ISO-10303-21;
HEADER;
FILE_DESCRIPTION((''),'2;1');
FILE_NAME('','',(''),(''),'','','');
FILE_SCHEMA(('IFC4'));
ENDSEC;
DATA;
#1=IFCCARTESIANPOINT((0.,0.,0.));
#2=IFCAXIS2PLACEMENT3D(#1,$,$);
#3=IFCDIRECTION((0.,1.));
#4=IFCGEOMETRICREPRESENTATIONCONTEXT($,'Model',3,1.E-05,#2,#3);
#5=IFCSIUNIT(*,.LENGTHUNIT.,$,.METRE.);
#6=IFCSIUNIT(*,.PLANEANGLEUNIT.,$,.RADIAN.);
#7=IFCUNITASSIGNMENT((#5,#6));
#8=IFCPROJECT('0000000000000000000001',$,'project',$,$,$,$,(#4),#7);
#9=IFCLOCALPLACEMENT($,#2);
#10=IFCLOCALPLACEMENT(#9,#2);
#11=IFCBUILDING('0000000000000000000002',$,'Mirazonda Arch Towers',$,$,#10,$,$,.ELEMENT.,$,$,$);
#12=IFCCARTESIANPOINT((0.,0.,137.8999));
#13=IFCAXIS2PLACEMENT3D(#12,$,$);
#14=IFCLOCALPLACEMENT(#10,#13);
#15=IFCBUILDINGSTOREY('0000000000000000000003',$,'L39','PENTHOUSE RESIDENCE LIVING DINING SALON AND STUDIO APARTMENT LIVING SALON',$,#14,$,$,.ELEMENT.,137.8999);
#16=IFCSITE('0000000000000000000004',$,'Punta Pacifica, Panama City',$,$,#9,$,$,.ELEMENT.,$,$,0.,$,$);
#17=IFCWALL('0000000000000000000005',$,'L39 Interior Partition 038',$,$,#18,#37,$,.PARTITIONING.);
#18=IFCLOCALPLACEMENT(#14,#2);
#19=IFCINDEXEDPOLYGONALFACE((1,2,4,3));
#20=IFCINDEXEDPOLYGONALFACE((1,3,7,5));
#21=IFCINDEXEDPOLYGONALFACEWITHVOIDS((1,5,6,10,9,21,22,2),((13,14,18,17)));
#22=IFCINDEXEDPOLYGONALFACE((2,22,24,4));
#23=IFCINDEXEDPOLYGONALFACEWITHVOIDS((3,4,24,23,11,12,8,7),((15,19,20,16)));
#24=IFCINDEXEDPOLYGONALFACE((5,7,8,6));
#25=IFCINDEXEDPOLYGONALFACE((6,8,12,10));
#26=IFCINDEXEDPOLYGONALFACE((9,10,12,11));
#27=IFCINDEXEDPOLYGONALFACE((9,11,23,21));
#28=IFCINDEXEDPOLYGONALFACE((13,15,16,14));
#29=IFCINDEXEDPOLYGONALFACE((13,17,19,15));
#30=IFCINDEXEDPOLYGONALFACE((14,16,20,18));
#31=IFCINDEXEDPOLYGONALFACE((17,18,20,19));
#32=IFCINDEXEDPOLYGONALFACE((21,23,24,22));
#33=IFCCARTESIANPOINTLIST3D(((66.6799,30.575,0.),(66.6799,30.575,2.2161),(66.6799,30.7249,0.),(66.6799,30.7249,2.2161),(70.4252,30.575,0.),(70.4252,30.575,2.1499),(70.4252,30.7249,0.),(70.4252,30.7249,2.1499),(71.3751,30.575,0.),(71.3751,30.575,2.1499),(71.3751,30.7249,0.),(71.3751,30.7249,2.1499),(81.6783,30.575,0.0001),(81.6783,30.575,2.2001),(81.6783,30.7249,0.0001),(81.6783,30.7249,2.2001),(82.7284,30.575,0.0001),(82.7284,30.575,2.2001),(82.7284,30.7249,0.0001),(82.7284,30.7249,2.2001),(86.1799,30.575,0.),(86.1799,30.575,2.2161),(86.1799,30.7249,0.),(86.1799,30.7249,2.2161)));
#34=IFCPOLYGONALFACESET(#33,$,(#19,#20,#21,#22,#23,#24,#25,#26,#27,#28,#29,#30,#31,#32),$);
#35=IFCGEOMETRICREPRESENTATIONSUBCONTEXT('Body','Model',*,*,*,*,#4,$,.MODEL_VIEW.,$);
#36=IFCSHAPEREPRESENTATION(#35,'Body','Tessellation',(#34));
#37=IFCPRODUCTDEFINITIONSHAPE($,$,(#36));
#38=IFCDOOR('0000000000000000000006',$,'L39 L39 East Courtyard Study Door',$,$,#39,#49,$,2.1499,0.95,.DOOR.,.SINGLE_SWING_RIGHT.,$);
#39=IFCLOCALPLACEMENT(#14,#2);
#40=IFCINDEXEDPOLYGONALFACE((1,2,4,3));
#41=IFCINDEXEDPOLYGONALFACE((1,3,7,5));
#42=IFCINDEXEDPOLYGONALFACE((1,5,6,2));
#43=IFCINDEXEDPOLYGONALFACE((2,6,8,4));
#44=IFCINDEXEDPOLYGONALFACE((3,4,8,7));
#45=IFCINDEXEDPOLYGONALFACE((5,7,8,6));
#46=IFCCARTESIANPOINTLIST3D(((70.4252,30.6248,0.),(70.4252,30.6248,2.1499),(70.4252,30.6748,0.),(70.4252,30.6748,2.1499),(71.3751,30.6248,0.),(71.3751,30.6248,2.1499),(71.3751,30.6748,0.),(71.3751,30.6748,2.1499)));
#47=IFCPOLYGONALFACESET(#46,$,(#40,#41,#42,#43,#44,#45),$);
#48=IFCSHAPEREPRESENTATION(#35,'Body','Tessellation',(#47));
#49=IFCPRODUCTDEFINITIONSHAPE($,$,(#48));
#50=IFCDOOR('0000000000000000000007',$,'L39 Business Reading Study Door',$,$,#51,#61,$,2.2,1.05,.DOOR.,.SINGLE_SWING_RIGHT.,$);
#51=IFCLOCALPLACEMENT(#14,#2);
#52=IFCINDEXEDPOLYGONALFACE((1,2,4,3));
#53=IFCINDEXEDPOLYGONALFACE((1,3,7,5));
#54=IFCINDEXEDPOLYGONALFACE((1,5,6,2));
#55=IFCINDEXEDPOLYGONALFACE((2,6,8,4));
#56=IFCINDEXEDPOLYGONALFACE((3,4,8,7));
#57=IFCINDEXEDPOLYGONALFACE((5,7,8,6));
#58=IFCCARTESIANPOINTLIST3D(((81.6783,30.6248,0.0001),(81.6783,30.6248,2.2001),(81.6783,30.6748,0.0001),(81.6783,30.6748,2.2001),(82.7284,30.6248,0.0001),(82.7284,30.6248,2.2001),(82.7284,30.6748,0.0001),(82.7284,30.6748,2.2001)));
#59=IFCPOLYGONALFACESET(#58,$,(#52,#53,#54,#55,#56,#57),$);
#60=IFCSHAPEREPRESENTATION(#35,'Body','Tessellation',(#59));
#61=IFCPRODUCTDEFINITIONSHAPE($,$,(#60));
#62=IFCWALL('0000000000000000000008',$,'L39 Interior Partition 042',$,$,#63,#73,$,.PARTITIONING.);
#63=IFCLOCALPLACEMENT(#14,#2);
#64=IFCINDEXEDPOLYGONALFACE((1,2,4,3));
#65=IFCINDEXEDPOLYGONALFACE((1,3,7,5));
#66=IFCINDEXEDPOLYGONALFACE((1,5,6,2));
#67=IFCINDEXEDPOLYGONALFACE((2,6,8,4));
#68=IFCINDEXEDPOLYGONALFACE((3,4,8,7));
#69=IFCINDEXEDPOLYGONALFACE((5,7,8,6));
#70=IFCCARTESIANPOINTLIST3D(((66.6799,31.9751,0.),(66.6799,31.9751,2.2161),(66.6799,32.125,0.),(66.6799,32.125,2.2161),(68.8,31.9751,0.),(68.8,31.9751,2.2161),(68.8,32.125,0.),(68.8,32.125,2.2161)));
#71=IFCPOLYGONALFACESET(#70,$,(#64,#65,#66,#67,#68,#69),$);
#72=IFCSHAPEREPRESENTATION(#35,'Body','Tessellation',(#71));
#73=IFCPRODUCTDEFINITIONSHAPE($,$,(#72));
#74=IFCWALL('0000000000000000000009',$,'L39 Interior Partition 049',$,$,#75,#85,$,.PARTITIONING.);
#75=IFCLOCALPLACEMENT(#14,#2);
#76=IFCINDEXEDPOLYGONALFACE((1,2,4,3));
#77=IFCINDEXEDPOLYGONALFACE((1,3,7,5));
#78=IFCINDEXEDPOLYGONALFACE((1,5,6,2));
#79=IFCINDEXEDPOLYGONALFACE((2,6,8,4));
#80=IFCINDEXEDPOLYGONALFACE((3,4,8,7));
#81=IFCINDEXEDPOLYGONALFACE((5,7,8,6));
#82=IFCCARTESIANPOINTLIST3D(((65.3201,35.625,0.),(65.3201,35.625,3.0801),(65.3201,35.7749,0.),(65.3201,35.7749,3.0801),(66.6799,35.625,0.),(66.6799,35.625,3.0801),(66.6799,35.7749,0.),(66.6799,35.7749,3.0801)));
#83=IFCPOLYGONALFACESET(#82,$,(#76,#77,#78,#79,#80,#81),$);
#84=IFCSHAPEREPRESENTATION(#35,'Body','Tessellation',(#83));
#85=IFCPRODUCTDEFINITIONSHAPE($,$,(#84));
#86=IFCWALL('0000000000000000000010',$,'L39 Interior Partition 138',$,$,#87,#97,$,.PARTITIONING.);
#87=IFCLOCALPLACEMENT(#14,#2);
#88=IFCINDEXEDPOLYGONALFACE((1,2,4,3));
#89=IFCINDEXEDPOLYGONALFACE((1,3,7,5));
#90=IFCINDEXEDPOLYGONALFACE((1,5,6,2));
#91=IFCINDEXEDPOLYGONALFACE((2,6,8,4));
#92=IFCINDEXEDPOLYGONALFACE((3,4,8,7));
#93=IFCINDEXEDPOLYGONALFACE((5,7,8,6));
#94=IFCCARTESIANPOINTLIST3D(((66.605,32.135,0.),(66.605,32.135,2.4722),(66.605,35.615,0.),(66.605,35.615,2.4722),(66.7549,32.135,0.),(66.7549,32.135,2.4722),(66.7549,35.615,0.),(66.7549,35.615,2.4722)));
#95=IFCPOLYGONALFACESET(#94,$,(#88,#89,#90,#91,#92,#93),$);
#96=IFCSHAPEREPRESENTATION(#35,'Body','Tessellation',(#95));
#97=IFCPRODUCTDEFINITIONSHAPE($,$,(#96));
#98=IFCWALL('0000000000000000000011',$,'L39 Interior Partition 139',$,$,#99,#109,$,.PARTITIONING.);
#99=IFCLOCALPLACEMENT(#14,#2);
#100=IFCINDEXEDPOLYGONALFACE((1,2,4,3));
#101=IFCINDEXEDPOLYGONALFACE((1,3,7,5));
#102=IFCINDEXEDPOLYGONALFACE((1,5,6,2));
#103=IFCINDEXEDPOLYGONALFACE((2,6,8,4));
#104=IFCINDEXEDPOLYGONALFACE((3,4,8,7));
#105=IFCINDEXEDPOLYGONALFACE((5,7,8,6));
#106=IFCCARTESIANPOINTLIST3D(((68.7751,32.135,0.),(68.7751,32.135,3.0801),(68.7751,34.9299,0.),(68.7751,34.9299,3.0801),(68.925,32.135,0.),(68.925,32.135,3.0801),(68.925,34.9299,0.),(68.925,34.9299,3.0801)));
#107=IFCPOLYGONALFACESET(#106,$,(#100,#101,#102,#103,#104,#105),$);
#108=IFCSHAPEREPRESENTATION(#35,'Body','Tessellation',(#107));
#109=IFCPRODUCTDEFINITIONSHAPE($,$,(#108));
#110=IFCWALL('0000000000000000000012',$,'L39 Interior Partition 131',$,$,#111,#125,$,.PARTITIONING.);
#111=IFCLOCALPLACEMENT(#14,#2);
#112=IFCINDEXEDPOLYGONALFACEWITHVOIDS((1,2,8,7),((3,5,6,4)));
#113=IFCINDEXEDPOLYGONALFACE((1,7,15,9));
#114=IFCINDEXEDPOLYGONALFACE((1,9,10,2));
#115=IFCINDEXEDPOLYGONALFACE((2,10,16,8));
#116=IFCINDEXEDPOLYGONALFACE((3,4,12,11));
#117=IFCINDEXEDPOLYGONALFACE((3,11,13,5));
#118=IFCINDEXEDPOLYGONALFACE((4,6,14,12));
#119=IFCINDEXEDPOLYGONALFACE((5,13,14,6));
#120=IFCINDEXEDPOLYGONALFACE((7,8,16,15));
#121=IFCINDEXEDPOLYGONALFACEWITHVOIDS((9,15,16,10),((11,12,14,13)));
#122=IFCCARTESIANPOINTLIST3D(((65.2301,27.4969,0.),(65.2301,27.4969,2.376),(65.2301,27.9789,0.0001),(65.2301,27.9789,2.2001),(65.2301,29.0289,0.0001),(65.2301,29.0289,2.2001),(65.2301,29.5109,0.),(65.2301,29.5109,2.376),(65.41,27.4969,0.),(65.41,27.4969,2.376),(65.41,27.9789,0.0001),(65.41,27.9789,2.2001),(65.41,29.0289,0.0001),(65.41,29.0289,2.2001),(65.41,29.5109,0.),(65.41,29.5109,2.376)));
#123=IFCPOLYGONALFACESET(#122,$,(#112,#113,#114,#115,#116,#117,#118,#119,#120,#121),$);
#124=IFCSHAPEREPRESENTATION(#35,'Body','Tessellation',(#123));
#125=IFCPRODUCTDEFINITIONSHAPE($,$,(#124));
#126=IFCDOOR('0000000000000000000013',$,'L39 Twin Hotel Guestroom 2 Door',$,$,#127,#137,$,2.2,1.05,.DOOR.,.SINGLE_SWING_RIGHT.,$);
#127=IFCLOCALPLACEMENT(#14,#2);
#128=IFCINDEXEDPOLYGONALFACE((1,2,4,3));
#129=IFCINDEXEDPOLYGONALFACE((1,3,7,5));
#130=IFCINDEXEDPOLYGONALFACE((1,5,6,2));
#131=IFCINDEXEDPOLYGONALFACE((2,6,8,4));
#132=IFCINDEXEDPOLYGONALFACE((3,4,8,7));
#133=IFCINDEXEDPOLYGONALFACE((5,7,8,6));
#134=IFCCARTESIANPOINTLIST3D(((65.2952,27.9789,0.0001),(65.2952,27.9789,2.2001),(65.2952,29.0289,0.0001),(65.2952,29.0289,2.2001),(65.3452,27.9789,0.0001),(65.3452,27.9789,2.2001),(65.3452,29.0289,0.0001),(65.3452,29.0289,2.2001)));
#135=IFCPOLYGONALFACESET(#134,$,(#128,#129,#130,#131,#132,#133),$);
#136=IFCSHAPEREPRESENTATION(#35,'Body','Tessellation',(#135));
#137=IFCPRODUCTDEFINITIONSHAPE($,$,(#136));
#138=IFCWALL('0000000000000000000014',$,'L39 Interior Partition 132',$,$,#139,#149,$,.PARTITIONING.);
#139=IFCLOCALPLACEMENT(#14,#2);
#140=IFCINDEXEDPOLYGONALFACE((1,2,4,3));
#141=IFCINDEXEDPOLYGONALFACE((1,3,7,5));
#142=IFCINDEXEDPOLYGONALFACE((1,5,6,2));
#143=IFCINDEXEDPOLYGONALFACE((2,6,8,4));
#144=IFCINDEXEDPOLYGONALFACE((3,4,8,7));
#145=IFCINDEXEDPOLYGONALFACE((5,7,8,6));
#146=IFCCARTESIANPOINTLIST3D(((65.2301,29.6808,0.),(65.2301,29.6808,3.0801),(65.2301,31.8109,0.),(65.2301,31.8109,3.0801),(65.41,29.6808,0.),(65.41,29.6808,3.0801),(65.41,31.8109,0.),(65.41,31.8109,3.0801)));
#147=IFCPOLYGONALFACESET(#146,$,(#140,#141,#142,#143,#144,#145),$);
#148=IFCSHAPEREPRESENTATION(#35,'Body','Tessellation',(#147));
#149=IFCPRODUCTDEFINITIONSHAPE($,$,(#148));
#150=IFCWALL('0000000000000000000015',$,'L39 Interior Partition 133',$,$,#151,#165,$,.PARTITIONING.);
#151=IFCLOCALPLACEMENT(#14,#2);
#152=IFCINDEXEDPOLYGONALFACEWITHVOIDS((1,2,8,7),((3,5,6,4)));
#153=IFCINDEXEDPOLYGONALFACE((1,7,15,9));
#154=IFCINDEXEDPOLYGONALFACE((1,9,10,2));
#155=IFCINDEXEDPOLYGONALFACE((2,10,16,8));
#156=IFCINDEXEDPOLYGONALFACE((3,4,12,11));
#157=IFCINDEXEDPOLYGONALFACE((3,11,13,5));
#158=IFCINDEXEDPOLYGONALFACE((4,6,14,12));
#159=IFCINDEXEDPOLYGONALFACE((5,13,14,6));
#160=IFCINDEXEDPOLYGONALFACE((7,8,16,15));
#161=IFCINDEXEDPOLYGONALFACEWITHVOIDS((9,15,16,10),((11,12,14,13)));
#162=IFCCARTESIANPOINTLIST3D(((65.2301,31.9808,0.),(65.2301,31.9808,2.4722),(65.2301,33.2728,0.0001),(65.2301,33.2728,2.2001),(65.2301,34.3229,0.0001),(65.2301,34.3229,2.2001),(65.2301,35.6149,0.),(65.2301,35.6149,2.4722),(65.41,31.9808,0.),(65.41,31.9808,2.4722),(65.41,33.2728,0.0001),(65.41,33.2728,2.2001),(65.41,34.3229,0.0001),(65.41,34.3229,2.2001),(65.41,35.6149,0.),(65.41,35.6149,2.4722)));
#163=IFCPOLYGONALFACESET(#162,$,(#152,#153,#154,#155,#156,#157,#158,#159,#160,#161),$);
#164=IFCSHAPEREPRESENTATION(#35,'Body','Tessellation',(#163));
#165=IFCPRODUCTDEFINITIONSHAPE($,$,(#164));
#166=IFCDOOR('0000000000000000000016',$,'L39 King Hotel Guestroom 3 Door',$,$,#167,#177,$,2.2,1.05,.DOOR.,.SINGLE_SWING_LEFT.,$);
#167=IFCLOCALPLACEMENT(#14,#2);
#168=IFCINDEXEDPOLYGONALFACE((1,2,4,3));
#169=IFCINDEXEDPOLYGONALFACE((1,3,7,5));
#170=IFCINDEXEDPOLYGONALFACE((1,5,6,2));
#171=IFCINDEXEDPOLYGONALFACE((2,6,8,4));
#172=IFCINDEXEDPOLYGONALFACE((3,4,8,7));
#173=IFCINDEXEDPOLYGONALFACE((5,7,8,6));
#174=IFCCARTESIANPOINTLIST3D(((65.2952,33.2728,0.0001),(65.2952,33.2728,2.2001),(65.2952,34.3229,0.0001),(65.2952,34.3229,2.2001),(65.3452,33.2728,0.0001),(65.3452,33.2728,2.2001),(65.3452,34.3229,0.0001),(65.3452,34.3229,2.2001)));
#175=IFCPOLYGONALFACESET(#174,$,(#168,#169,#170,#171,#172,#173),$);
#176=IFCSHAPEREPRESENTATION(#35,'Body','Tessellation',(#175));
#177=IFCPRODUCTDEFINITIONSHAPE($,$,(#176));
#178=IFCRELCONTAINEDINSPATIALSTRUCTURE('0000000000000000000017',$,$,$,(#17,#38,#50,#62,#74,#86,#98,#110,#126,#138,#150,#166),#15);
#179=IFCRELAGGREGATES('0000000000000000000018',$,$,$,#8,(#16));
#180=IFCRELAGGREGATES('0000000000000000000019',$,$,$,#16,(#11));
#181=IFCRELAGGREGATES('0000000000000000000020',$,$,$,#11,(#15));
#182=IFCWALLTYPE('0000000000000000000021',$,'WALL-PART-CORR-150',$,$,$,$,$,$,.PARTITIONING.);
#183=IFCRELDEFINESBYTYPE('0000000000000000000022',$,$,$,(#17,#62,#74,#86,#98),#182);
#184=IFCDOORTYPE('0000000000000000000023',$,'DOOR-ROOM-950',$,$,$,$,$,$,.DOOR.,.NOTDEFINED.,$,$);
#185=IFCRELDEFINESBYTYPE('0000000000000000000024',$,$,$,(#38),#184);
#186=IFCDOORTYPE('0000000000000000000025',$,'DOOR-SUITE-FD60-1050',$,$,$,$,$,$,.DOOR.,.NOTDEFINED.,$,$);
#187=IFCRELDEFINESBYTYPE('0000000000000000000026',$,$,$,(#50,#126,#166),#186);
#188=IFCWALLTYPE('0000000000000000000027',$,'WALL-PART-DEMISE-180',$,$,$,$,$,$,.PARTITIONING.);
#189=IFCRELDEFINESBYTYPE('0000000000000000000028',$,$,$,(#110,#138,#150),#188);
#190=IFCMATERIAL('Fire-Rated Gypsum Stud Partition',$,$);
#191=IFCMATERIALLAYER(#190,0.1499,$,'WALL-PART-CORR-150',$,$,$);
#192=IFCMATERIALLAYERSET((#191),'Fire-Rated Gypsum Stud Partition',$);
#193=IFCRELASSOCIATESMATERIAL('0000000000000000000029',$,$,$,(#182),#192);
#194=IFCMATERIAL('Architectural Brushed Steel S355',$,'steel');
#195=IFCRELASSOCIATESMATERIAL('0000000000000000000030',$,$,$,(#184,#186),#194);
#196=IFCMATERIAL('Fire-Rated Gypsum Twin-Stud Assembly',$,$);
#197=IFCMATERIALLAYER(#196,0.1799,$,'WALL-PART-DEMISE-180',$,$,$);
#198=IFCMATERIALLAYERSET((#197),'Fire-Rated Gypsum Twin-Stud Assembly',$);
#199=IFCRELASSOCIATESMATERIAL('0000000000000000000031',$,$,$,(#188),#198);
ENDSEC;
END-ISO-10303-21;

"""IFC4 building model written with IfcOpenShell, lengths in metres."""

from ifc_helpers import new_model, si_unit, direction, frame, frame_2d, origin, place, context, subcontext, project, spatial, rectangle, extrude, material, layer, layer_set, type_object, element, fill, save


model = new_model("IFC4")

# Units and contexts
model_context = context("Model", 3, precision=1e-05, world=origin(), true_north=direction((0.0, 1.0)))
body_context = subcontext(model_context, "Body", "Model", "MODEL_VIEW")
ifc_project = project(units=[si_unit("LENGTHUNIT", "METRE"), si_unit("PLANEANGLEUNIT", "RADIAN")], contexts=[model_context])

# Site, building, storey
site_placement = place(None, origin())
site = spatial("IfcSite", under=ifc_project, at=site_placement, Name="Punta Pacifica, Panama City", CompositionType="ELEMENT", RefElevation=0.0)
building_placement = place(site_placement, origin())
building = spatial("IfcBuilding", under=site, at=building_placement, Name="Mirazonda Arch Towers", CompositionType="ELEMENT")
storey_placement = place(building_placement, frame((0.0, 0.0, 137.8999)))
storey = spatial("IfcBuildingStorey", under=building, at=storey_placement, Name="L39", Description="PENTHOUSE RESIDENCE LIVING DINING SALON AND STUDIO APARTMENT LIVING SALON", CompositionType="ELEMENT", Elevation=137.8999)

# Wall, openings, doors
ifc_material_1 = material(Name="Architectural Brushed Steel S355", Category="steel")
ifc_material_2 = material(Name="Fire-Rated Gypsum Stud Partition")
ifc_layer_1 = layer(ifc_material_2, 0.1499, Name="WALL-PART-CORR-150")
ifc_layer_set_1 = layer_set([ifc_layer_1], Name="Fire-Rated Gypsum Stud Partition")
wall_type_1 = type_object("IfcWallType", Name="WALL-PART-CORR-150", PredefinedType="PARTITIONING", material=ifc_layer_set_1)
wall_1_placement = place(storey_placement, frame((66.6799, 30.6499, 0.0), z_axis=(0.0, 0.0, 1.0), x_axis=(1.0, 0.0, 0.0)))
wall_1 = element("IfcWall", 1, at=wall_1_placement, inside=storey, type_object=wall_type_1, Name="L39 Interior Partition 038", PredefinedType="PARTITIONING", context=body_context, shape_type="SweptSolid", body=[
    extrude(rectangle(XDim=19.5, YDim=0.1499, at=frame_2d((9.75, 0.0))), origin(), (0.0, 0.0, 1.0), 2.2161),
])
opening_1_placement = place(wall_1_placement, frame((3.7451, 0.0, 0.0)))
opening_1 = element("IfcOpeningElement", 2, at=opening_1_placement, cuts=wall_1, PredefinedType="OPENING", context=body_context, shape_type="SweptSolid", body=[
    extrude(rectangle(XDim=0.95, YDim=2.1499, at=frame_2d((0.4751, 1.075))), frame((0.0, 0.085, 0.0), z_axis=(0.0, -1.0, 0.0), x_axis=(1.0, 0.0, 0.0)), (0.0, 0.0, 1.0), 0.1699),
])
opening_2_placement = place(wall_1_placement, frame((14.9985, 0.0, 0.0)))
opening_2 = element("IfcOpeningElement", 3, at=opening_2_placement, cuts=wall_1, PredefinedType="OPENING", context=body_context, shape_type="SweptSolid", body=[
    extrude(rectangle(XDim=1.05, YDim=2.2, at=frame_2d((0.5249, 1.1001))), frame((0.0, 0.085, 0.0), z_axis=(0.0, -1.0, 0.0), x_axis=(1.0, 0.0, 0.0)), (0.0, 0.0, 1.0), 0.1699),
])
door_type_1 = type_object("IfcDoorType", Name="DOOR-ROOM-950", OperationType="NOTDEFINED", PredefinedType="DOOR", material=ifc_material_1)
door_1_placement = place(opening_1_placement, origin())
door_1 = element("IfcDoor", 4, at=door_1_placement, inside=storey, type_object=door_type_1, Name="L39 L39 East Courtyard Study Door", OperationType="SINGLE_SWING_RIGHT", OverallHeight=2.1499, OverallWidth=0.95, PredefinedType="DOOR", context=body_context, shape_type="SweptSolid", body=[
    extrude(rectangle(XDim=0.95, YDim=2.1499, at=frame_2d((0.4751, 1.075))), frame((0.0, 0.0249, 0.0), z_axis=(0.0, -1.0, 0.0), x_axis=(1.0, 0.0, 0.0)), (0.0, 0.0, 1.0), 0.05),
])
fill(opening_1, door_1)
door_type_2 = type_object("IfcDoorType", Name="DOOR-SUITE-FD60-1050", OperationType="NOTDEFINED", PredefinedType="DOOR", material=ifc_material_1)
door_2_placement = place(opening_2_placement, origin())
door_2 = element("IfcDoor", 5, at=door_2_placement, inside=storey, type_object=door_type_2, Name="L39 Business Reading Study Door", OperationType="SINGLE_SWING_RIGHT", OverallHeight=2.2, OverallWidth=1.05, PredefinedType="DOOR", context=body_context, shape_type="SweptSolid", body=[
    extrude(rectangle(XDim=1.05, YDim=2.2, at=frame_2d((0.5249, 1.1001))), frame((0.0, 0.0249, 0.0), z_axis=(0.0, -1.0, 0.0), x_axis=(1.0, 0.0, 0.0)), (0.0, 0.0, 1.0), 0.05),
])
fill(opening_2, door_2)

# Walls
wall_2_placement = place(storey_placement, frame((66.6799, 32.05, 0.0), z_axis=(0.0, 0.0, 1.0), x_axis=(1.0, 0.0, 0.0)))
element("IfcWall", 6, at=wall_2_placement, inside=storey, type_object=wall_type_1, Name="L39 Interior Partition 042", PredefinedType="PARTITIONING", context=body_context, shape_type="SweptSolid", body=[
    extrude(rectangle(XDim=2.1201, YDim=0.1499, at=frame_2d((1.0601, 0.0))), origin(), (0.0, 0.0, 1.0), 2.2161),
])
wall_3_placement = place(storey_placement, frame((65.3201, 35.7, 0.0), z_axis=(0.0, 0.0, 1.0), x_axis=(1.0, 0.0, 0.0)))
element("IfcWall", 7, at=wall_3_placement, inside=storey, type_object=wall_type_1, Name="L39 Interior Partition 049", PredefinedType="PARTITIONING", context=body_context, shape_type="SweptSolid", body=[
    extrude(rectangle(XDim=1.3599, YDim=0.1499, at=frame_2d((0.6799, 0.0))), origin(), (0.0, 0.0, 1.0), 3.0801),
])
wall_4_placement = place(storey_placement, frame((66.6799, 32.135, 0.0), z_axis=(0.0, 0.0, 1.0), x_axis=(0.0, 1.0, 0.0)))
element("IfcWall", 8, at=wall_4_placement, inside=storey, type_object=wall_type_1, Name="L39 Interior Partition 138", PredefinedType="PARTITIONING", context=body_context, shape_type="SweptSolid", body=[
    extrude(rectangle(XDim=3.48, YDim=0.1499, at=frame_2d((1.74, 0.0))), origin(), (0.0, 0.0, 1.0), 2.4722),
])
wall_5_placement = place(storey_placement, frame((68.8501, 32.135, 0.0), z_axis=(0.0, 0.0, 1.0), x_axis=(0.0, 1.0, 0.0)))
element("IfcWall", 9, at=wall_5_placement, inside=storey, type_object=wall_type_1, Name="L39 Interior Partition 139", PredefinedType="PARTITIONING", context=body_context, shape_type="SweptSolid", body=[
    extrude(rectangle(XDim=2.7949, YDim=0.1499, at=frame_2d((1.3975, 0.0))), origin(), (0.0, 0.0, 1.0), 3.0801),
])

# Wall, opening, door
ifc_material_3 = material(Name="Fire-Rated Gypsum Twin-Stud Assembly")
ifc_layer_2 = layer(ifc_material_3, 0.1799, Name="WALL-PART-DEMISE-180")
ifc_layer_set_2 = layer_set([ifc_layer_2], Name="Fire-Rated Gypsum Twin-Stud Assembly")
wall_type_2 = type_object("IfcWallType", Name="WALL-PART-DEMISE-180", PredefinedType="PARTITIONING", material=ifc_layer_set_2)
wall_6_placement = place(storey_placement, frame((65.3201, 27.4971, 0.0), z_axis=(0.0, 0.0, 1.0), x_axis=(0.0, 1.0, 0.0)))
wall_6 = element("IfcWall", 10, at=wall_6_placement, inside=storey, type_object=wall_type_2, Name="L39 Interior Partition 131", PredefinedType="PARTITIONING", context=body_context, shape_type="SweptSolid", body=[
    extrude(rectangle(XDim=2.0139, YDim=0.1799, at=frame_2d((1.0068, 0.0))), origin(), (0.0, 0.0, 1.0), 2.376),
])
opening_3_placement = place(wall_6_placement, frame((0.4819, 0.0, 0.0)))
opening_3 = element("IfcOpeningElement", 11, at=opening_3_placement, cuts=wall_6, PredefinedType="OPENING", context=body_context, shape_type="SweptSolid", body=[
    extrude(rectangle(XDim=1.05, YDim=2.2, at=frame_2d((0.5249, 1.1001))), frame((0.0, 0.0999, 0.0), z_axis=(0.0, -1.0, 0.0), x_axis=(1.0, 0.0, 0.0)), (0.0, 0.0, 1.0), 0.2),
])
door_3_placement = place(opening_3_placement, origin())
door_3 = element("IfcDoor", 12, at=door_3_placement, inside=storey, type_object=door_type_2, Name="L39 Twin Hotel Guestroom 2 Door", OperationType="SINGLE_SWING_RIGHT", OverallHeight=2.2, OverallWidth=1.05, PredefinedType="DOOR", context=body_context, shape_type="SweptSolid", body=[
    extrude(rectangle(XDim=1.05, YDim=2.2, at=frame_2d((0.5249, 1.1001))), frame((0.0, 0.0249, 0.0), z_axis=(0.0, -1.0, 0.0), x_axis=(1.0, 0.0, 0.0)), (0.0, 0.0, 1.0), 0.05),
])
fill(opening_3, door_3)

# Wall
wall_7_placement = place(storey_placement, frame((65.3201, 29.6809, 0.0), z_axis=(0.0, 0.0, 1.0), x_axis=(0.0, 1.0, 0.0)))
element("IfcWall", 13, at=wall_7_placement, inside=storey, type_object=wall_type_2, Name="L39 Interior Partition 132", PredefinedType="PARTITIONING", context=body_context, shape_type="SweptSolid", body=[
    extrude(rectangle(XDim=2.1301, YDim=0.1799, at=frame_2d((1.0649, 0.0))), origin(), (0.0, 0.0, 1.0), 3.0801),
])

# Wall, opening, door
wall_8_placement = place(storey_placement, frame((65.3201, 31.981, 0.0), z_axis=(0.0, 0.0, 1.0), x_axis=(0.0, 1.0, 0.0)))
wall_8 = element("IfcWall", 14, at=wall_8_placement, inside=storey, type_object=wall_type_2, Name="L39 Interior Partition 133", PredefinedType="PARTITIONING", context=body_context, shape_type="SweptSolid", body=[
    extrude(rectangle(XDim=3.634, YDim=0.1799, at=frame_2d((1.8169, 0.0))), origin(), (0.0, 0.0, 1.0), 2.4722),
])
opening_4_placement = place(wall_8_placement, frame((1.292, 0.0, 0.0)))
opening_4 = element("IfcOpeningElement", 15, at=opening_4_placement, cuts=wall_8, PredefinedType="OPENING", context=body_context, shape_type="SweptSolid", body=[
    extrude(rectangle(XDim=1.05, YDim=2.2, at=frame_2d((0.5249, 1.1001))), frame((0.0, 0.0999, 0.0), z_axis=(0.0, -1.0, 0.0), x_axis=(1.0, 0.0, 0.0)), (0.0, 0.0, 1.0), 0.2),
])
door_4_placement = place(opening_4_placement, origin())
door_4 = element("IfcDoor", 16, at=door_4_placement, inside=storey, type_object=door_type_2, Name="L39 King Hotel Guestroom 3 Door", OperationType="SINGLE_SWING_LEFT", OverallHeight=2.2, OverallWidth=1.05, PredefinedType="DOOR", context=body_context, shape_type="SweptSolid", body=[
    extrude(rectangle(XDim=1.05, YDim=2.2, at=frame_2d((0.5249, 1.1001))), frame((0.0, 0.0249, 0.0), z_axis=(0.0, -1.0, 0.0), x_axis=(1.0, 0.0, 0.0)), (0.0, 0.0, 1.0), 0.05),
])
fill(opening_4, door_4)

save(model, "model.ifc")
